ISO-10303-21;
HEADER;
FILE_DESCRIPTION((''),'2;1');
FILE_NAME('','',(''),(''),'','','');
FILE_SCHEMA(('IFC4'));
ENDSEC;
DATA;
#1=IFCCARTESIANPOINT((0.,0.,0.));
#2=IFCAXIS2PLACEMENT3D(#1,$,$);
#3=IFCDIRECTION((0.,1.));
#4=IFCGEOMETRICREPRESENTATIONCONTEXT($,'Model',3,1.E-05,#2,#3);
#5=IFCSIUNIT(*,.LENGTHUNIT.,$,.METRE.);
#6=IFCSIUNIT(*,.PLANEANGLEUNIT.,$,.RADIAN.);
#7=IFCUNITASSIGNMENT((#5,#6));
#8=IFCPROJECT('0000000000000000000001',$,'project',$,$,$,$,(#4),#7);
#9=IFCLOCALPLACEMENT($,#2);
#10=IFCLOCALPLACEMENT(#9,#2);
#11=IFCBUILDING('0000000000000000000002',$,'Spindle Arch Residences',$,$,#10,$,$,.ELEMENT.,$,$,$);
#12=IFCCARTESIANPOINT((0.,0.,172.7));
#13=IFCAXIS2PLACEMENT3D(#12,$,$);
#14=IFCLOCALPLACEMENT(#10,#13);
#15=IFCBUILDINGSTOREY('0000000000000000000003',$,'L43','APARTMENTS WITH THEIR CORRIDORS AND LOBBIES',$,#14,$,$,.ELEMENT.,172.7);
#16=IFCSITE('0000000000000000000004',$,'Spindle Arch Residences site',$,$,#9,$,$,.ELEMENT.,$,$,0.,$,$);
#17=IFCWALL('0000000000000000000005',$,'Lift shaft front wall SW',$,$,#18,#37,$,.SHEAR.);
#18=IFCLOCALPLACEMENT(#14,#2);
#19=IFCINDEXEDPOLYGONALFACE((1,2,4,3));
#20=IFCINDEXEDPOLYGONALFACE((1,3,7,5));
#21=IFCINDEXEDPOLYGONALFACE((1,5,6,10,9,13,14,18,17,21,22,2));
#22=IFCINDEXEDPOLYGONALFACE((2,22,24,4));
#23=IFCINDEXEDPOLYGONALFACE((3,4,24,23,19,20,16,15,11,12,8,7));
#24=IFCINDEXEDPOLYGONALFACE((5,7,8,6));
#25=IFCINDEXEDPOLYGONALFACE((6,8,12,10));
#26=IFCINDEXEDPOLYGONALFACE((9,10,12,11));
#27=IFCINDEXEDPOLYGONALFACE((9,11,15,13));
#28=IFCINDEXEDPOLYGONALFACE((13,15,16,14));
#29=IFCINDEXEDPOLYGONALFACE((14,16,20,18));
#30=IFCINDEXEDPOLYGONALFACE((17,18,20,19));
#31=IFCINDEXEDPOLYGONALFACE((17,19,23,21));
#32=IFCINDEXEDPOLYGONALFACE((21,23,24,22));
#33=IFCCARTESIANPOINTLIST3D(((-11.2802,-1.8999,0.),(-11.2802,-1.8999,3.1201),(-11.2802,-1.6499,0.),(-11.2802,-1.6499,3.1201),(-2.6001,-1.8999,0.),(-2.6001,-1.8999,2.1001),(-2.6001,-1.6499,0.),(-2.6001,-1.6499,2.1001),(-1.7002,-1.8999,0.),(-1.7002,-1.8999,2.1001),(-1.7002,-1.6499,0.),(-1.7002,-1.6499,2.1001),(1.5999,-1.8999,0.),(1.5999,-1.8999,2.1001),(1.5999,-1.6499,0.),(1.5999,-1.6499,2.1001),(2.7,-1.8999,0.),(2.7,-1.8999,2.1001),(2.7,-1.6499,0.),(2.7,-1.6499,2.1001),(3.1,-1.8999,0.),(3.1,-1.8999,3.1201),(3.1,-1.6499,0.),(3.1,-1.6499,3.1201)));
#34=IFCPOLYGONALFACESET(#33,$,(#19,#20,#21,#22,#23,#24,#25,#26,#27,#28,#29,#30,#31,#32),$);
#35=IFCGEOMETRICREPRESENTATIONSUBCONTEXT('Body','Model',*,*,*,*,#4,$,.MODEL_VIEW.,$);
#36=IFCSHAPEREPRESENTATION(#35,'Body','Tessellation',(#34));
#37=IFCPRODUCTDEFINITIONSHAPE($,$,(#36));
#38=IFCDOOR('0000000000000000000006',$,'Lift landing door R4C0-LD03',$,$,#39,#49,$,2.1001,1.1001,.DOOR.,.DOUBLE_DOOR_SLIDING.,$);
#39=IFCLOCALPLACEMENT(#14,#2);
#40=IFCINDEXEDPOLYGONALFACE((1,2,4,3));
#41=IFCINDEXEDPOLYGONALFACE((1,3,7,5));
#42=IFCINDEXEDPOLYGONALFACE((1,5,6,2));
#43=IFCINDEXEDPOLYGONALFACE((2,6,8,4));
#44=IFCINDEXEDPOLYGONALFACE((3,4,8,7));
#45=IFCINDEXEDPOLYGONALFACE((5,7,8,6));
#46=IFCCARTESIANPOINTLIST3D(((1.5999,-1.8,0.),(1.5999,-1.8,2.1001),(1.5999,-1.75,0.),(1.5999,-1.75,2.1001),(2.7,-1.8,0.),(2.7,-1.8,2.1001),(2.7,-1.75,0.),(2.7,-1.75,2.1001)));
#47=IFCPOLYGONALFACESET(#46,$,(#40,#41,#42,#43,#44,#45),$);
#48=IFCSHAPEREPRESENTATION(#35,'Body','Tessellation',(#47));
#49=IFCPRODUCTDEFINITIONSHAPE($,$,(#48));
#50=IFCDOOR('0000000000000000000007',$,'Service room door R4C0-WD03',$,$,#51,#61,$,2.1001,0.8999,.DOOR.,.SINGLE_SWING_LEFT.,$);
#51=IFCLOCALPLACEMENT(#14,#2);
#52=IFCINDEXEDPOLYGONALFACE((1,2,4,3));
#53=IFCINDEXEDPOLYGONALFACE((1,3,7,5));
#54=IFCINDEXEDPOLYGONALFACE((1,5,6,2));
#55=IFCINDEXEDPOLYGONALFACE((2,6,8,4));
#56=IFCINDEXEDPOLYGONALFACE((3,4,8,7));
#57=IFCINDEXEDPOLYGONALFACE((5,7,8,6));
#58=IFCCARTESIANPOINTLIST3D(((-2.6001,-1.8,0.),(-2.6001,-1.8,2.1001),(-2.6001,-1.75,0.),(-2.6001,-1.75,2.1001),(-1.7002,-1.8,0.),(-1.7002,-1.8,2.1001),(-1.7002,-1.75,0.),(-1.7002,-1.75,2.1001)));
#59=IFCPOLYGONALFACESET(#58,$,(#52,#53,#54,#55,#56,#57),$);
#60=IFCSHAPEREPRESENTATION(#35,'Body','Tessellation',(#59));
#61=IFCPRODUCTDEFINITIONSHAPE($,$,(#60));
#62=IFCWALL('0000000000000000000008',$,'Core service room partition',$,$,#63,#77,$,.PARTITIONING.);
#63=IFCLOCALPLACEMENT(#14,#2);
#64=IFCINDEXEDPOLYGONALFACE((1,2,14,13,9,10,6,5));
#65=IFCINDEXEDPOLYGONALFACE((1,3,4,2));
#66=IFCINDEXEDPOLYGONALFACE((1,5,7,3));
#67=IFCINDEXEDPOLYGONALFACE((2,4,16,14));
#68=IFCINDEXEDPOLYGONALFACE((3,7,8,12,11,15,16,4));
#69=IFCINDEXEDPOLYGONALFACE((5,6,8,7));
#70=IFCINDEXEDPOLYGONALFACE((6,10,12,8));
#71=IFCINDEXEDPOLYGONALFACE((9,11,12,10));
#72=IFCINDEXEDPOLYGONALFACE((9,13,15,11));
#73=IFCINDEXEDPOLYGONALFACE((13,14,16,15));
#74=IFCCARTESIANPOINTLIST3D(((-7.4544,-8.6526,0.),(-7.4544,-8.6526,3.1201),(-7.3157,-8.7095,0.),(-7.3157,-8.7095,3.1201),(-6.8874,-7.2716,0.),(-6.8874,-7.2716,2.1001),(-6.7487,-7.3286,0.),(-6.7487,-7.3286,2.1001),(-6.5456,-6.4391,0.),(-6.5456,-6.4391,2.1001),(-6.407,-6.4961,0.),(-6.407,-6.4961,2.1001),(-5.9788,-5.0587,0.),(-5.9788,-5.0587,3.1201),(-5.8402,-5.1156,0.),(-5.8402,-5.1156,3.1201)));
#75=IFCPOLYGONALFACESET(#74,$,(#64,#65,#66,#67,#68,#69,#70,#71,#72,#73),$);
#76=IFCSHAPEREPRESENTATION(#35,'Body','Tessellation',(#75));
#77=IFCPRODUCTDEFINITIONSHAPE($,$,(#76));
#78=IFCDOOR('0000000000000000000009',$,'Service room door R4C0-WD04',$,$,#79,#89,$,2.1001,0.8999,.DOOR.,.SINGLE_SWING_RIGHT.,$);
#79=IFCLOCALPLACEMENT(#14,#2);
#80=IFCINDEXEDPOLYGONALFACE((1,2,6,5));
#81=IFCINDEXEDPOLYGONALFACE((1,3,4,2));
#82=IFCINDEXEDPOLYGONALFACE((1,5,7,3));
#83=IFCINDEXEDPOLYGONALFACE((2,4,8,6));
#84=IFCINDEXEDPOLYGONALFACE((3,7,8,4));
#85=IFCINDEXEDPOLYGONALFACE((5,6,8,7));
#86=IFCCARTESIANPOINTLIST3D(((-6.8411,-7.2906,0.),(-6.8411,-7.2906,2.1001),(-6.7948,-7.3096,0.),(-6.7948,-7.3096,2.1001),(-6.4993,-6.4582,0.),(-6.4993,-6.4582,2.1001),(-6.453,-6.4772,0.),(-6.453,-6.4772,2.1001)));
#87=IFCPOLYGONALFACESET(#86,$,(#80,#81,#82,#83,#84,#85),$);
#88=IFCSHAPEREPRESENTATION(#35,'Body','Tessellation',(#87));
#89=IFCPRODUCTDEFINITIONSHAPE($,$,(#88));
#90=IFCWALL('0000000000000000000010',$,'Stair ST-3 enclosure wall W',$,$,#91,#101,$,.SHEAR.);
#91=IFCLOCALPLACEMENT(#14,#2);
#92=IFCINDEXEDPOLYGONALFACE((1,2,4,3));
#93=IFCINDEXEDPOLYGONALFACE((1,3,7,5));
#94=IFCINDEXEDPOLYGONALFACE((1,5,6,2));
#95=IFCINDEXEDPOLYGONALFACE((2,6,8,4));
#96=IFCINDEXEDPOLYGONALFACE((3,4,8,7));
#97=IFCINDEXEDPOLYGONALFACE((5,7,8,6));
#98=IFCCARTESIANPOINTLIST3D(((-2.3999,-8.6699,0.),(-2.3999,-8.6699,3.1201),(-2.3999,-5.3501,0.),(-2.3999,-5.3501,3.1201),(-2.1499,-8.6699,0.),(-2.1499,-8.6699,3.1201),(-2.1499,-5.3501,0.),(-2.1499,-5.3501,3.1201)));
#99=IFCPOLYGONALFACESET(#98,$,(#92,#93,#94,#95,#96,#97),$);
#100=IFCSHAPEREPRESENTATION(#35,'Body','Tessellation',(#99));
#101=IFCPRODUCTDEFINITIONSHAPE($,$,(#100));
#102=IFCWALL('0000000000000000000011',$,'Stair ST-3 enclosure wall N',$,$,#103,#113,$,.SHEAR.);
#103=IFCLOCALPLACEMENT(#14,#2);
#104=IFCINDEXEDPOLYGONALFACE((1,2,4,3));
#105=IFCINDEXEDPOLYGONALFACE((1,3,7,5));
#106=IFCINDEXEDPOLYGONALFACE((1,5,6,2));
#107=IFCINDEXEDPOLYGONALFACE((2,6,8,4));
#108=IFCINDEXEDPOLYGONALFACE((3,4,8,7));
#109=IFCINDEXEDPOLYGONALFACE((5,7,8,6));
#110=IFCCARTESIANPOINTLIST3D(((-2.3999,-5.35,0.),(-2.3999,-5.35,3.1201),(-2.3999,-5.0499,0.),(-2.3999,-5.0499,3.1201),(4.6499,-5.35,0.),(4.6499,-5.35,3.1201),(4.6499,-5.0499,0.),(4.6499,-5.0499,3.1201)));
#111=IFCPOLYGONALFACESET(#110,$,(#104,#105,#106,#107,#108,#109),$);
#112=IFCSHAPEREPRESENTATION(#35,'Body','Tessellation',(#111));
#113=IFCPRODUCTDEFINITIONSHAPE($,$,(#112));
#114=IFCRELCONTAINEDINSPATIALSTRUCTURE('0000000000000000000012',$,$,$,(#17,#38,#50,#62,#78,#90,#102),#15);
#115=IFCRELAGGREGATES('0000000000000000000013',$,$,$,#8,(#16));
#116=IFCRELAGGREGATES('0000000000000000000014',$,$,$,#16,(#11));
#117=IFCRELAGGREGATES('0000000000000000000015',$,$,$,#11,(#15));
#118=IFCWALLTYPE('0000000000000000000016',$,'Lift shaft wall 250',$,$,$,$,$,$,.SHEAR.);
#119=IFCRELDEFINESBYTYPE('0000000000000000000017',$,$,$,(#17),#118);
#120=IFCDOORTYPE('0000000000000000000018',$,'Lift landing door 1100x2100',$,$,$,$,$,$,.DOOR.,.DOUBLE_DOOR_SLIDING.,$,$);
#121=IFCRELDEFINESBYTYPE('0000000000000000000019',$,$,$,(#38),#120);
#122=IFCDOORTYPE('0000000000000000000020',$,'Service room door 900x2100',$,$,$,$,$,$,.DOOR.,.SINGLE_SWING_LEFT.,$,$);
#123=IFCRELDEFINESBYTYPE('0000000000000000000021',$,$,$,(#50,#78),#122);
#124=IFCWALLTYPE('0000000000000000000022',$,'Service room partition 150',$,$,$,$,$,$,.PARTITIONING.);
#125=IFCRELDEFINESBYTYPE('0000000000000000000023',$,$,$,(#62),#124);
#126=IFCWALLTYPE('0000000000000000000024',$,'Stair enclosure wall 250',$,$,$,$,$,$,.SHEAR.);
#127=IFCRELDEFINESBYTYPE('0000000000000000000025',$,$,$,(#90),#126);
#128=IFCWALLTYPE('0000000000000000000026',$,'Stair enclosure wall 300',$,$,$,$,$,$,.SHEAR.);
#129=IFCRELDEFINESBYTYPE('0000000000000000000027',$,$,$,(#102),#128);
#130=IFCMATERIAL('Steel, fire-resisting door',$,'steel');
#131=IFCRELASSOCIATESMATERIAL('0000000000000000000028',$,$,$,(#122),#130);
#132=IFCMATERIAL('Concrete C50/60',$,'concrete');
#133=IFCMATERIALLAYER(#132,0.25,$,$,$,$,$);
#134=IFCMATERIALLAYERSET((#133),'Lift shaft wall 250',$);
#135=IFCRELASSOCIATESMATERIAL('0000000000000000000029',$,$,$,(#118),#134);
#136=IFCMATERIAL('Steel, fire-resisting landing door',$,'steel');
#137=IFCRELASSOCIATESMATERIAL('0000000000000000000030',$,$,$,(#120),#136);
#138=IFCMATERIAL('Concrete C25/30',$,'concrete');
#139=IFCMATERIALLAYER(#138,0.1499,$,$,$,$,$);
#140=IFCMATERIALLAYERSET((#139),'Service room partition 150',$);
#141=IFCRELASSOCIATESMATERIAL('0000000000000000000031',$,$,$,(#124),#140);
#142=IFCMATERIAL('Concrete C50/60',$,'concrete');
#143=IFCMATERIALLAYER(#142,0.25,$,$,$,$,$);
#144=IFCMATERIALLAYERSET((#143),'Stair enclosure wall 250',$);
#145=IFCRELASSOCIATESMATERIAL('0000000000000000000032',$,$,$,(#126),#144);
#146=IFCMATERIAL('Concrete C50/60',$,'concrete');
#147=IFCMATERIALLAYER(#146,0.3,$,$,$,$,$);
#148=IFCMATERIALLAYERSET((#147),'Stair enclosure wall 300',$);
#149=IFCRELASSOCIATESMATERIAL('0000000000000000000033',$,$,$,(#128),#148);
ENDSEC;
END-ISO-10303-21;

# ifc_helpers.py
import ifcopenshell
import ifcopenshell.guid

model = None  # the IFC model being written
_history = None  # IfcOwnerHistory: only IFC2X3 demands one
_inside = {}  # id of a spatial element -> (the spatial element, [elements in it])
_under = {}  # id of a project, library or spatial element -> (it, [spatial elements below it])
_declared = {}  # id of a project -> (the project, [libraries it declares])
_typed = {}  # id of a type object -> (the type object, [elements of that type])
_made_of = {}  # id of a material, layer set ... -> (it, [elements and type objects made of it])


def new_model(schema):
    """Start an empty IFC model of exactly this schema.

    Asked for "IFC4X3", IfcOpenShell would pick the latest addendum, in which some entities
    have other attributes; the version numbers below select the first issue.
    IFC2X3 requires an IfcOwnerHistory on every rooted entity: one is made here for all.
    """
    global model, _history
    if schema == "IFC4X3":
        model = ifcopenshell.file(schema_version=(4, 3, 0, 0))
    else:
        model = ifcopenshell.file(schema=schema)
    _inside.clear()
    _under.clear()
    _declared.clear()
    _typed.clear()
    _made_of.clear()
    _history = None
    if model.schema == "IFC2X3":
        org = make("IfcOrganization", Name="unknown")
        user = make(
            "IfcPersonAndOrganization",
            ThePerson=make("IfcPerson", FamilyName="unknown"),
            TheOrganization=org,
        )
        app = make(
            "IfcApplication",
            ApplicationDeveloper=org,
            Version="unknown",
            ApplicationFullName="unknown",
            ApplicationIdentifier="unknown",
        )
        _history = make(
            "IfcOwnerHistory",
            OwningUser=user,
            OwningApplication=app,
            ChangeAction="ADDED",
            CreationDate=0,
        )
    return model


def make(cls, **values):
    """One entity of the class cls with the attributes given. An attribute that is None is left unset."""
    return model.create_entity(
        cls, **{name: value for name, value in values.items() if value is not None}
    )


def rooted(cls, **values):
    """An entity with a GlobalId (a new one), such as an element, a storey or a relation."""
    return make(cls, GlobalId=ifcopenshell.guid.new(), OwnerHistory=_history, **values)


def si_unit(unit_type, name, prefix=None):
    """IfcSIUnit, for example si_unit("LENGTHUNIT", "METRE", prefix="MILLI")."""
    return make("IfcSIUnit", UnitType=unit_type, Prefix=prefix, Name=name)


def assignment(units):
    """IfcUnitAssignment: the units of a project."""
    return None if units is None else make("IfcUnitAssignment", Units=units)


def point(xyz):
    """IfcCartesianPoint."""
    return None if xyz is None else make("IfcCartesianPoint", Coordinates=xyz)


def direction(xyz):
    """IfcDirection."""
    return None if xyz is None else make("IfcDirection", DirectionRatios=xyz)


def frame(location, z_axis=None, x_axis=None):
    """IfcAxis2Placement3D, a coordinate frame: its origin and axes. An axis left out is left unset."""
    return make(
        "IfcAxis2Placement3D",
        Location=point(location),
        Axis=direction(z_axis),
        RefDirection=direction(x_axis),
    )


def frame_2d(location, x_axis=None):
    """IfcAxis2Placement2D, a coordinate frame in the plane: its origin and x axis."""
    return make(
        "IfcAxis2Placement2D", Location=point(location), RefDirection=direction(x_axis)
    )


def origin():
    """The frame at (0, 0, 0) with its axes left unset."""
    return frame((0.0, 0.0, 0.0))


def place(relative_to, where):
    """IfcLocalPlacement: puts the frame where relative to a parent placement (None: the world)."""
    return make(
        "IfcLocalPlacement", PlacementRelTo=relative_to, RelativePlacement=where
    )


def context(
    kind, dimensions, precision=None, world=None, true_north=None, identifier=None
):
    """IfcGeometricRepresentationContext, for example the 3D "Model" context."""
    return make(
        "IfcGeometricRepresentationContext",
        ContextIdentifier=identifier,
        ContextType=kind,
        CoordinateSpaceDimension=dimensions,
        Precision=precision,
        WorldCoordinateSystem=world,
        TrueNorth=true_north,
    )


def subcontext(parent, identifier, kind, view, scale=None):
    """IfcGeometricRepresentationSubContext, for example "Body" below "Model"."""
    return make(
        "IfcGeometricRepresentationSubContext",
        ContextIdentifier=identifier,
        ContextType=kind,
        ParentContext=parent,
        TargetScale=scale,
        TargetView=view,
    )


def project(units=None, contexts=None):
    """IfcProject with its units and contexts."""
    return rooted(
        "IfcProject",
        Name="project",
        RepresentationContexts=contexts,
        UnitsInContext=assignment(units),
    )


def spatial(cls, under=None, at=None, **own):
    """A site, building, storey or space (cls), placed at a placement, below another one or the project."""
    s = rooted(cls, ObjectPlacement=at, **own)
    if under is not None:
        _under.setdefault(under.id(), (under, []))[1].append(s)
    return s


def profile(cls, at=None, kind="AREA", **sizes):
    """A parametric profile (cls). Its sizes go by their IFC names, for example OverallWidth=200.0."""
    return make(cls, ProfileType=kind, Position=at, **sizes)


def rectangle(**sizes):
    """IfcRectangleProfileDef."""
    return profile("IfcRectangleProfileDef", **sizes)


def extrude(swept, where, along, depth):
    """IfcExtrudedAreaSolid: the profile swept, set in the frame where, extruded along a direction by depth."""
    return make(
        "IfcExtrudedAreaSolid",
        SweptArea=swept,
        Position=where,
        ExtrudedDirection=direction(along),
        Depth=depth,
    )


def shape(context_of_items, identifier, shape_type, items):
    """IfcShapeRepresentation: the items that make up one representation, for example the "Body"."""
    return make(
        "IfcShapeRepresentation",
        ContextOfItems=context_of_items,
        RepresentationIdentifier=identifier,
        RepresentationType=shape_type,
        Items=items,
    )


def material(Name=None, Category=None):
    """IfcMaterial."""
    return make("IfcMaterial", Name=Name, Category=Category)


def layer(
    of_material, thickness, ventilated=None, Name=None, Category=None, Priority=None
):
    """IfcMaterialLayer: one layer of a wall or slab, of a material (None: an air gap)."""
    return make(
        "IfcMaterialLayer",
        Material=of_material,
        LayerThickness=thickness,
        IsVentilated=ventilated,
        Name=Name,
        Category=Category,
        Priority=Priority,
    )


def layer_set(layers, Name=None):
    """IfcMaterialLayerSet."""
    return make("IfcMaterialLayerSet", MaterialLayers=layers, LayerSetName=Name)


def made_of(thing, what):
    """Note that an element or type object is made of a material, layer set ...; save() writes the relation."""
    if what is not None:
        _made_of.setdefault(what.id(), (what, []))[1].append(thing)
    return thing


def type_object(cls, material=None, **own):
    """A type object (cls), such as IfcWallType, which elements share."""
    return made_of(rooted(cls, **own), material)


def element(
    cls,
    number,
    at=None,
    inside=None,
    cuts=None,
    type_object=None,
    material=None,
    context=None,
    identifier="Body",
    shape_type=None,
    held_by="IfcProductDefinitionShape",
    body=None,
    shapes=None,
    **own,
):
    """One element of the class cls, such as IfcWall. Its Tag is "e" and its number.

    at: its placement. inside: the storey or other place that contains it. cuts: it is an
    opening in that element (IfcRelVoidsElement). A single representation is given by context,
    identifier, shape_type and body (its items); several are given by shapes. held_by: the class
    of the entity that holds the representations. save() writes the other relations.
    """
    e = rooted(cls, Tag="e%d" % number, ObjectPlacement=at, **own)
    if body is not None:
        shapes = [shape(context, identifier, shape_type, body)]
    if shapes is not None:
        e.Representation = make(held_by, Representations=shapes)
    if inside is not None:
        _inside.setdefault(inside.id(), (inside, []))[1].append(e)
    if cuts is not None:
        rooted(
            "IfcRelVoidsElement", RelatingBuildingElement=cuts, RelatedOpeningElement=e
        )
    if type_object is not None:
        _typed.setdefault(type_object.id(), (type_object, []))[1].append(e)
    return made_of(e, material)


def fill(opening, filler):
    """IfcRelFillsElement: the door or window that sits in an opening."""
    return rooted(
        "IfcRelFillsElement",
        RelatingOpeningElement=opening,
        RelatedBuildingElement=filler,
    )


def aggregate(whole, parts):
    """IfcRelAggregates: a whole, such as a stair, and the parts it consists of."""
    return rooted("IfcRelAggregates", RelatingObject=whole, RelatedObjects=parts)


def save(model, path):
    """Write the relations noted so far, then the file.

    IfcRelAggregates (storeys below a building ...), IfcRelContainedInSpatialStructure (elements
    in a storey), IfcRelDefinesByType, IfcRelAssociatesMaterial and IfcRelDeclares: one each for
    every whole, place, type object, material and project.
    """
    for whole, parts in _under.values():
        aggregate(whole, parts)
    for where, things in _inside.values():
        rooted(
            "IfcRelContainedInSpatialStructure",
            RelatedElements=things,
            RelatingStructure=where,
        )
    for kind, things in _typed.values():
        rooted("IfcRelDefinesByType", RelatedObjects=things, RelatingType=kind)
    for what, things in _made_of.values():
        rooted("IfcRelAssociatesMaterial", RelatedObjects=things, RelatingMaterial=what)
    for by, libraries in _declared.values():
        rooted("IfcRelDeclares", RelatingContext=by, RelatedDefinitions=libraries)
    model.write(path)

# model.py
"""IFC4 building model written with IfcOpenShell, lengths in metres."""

from ifc_helpers import new_model, si_unit, direction, frame, frame_2d, origin, place, context, subcontext, project, spatial, rectangle, extrude, material, layer, layer_set, type_object, element, fill, save


model = new_model("IFC4")

# Units and contexts
model_context = context("Model", 3, precision=1e-05, world=origin(), true_north=direction((0.0, 1.0)))
body_context = subcontext(model_context, "Body", "Model", "MODEL_VIEW")
ifc_project = project(units=[si_unit("LENGTHUNIT", "METRE"), si_unit("PLANEANGLEUNIT", "RADIAN")], contexts=[model_context])

# Site, building, storey
site_placement = place(None, origin())
site = spatial("IfcSite", under=ifc_project, at=site_placement, Name="Spindle Arch Residences site", CompositionType="ELEMENT", RefElevation=0.0)
building_placement = place(site_placement, origin())
building = spatial("IfcBuilding", under=site, at=building_placement, Name="Spindle Arch Residences", CompositionType="ELEMENT")
storey_placement = place(building_placement, frame((0.0, 0.0, 172.7)))
storey = spatial("IfcBuildingStorey", under=building, at=storey_placement, Name="L43", Description="APARTMENTS WITH THEIR CORRIDORS AND LOBBIES", CompositionType="ELEMENT", Elevation=172.7)

# Shared definitions
ifc_material_1 = material(Name="Steel, fire-resisting door", Category="steel")
door_type_1 = type_object("IfcDoorType", Name="Service room door 900x2100", OperationType="SINGLE_SWING_LEFT", PredefinedType="DOOR", material=ifc_material_1)

# Wall, openings, doors
ifc_material_2 = material(Name="Concrete C50/60", Category="concrete")
ifc_layer_1 = layer(ifc_material_2, 0.25)
ifc_layer_set_1 = layer_set([ifc_layer_1], Name="Lift shaft wall 250")
wall_type_1 = type_object("IfcWallType", Name="Lift shaft wall 250", PredefinedType="SHEAR", material=ifc_layer_set_1)
wall_1_placement = place(storey_placement, frame((-11.28, -1.7749, 0.0), z_axis=(0.0, 0.0, 1.0), x_axis=(1.0, 0.0, 0.0)))
wall_1 = element("IfcWall", 1, at=wall_1_placement, inside=storey, type_object=wall_type_1, Name="Lift shaft front wall SW", PredefinedType="SHEAR", context=body_context, shape_type="SweptSolid", body=[
    extrude(rectangle(XDim=14.3801, YDim=0.25, at=frame_2d((7.1899, 0.0))), origin(), (0.0, 0.0, 1.0), 3.1201),
])
opening_1_placement = place(wall_1_placement, frame((12.8799, 0.0, 0.0)))
opening_1 = element("IfcOpeningElement", 2, at=opening_1_placement, cuts=wall_1, PredefinedType="OPENING", context=body_context, shape_type="SweptSolid", body=[
    extrude(rectangle(XDim=1.1001, YDim=2.1001, at=frame_2d((0.55, 1.05))), frame((0.0, 0.135, 0.0), z_axis=(0.0, -1.0, 0.0), x_axis=(1.0, 0.0, 0.0)), (0.0, 0.0, 1.0), 0.27),
])
opening_2_placement = place(wall_1_placement, frame((8.6799, 0.0, 0.0)))
opening_2 = element("IfcOpeningElement", 3, at=opening_2_placement, cuts=wall_1, PredefinedType="OPENING", context=body_context, shape_type="SweptSolid", body=[
    extrude(rectangle(XDim=0.8999, YDim=2.1001, at=frame_2d((0.45, 1.05))), frame((0.0, 0.135, 0.0), z_axis=(0.0, -1.0, 0.0), x_axis=(1.0, 0.0, 0.0)), (0.0, 0.0, 1.0), 0.27),
])
ifc_material_3 = material(Name="Steel, fire-resisting landing door", Category="steel")
door_type_2 = type_object("IfcDoorType", Name="Lift landing door 1100x2100", OperationType="DOUBLE_DOOR_SLIDING", PredefinedType="DOOR", material=ifc_material_3)
door_1_placement = place(opening_1_placement, origin())
door_1 = element("IfcDoor", 4, at=door_1_placement, inside=storey, type_object=door_type_2, Name="Lift landing door R4C0-LD03", OperationType="DOUBLE_DOOR_SLIDING", OverallHeight=2.1001, OverallWidth=1.1001, PredefinedType="DOOR", context=body_context, shape_type="SweptSolid", body=[
    extrude(rectangle(XDim=1.1001, YDim=2.1001, at=frame_2d((0.55, 1.05))), frame((0.0, 0.0249, 0.0), z_axis=(0.0, -1.0, 0.0), x_axis=(1.0, 0.0, 0.0)), (0.0, 0.0, 1.0), 0.05),
])
fill(opening_1, door_1)
door_2_placement = place(opening_2_placement, origin())
door_2 = element("IfcDoor", 5, at=door_2_placement, inside=storey, type_object=door_type_1, Name="Service room door R4C0-WD03", OperationType="SINGLE_SWING_LEFT", OverallHeight=2.1001, OverallWidth=0.8999, PredefinedType="DOOR", context=body_context, shape_type="SweptSolid", body=[
    extrude(rectangle(XDim=0.8999, YDim=2.1001, at=frame_2d((0.45, 1.05))), frame((0.0, 0.0249, 0.0), z_axis=(0.0, -1.0, 0.0), x_axis=(1.0, 0.0, 0.0)), (0.0, 0.0, 1.0), 0.05),
])
fill(opening_2, door_2)

# Wall, opening, door
ifc_material_4 = material(Name="Concrete C25/30", Category="concrete")
ifc_layer_2 = layer(ifc_material_4, 0.1499)
ifc_layer_set_2 = layer_set([ifc_layer_2], Name="Service room partition 150")
wall_type_2 = type_object("IfcWallType", Name="Service room partition 150", PredefinedType="PARTITIONING", material=ifc_layer_set_2)
wall_2_placement = place(storey_placement, frame((-7.385, -8.6809, 0.0), z_axis=(0.0, 0.0, 1.0), x_axis=(0.379805, 0.925067, 0.0)))
wall_2 = element("IfcWall", 6, at=wall_2_placement, inside=storey, type_object=wall_type_2, Name="Core service room partition", PredefinedType="PARTITIONING", context=body_context, shape_type="SweptSolid", body=[
    extrude(rectangle(XDim=3.885, YDim=0.1499, at=frame_2d((1.9424, 0.0))), origin(), (0.0, 0.0, 1.0), 3.1201),
])
opening_3_placement = place(wall_2_placement, frame((1.4927, 0.0, 0.0)))
opening_3 = element("IfcOpeningElement", 7, at=opening_3_placement, cuts=wall_2, PredefinedType="OPENING", context=body_context, shape_type="SweptSolid", body=[
    extrude(rectangle(XDim=0.8999, YDim=2.1001, at=frame_2d((0.45, 1.05))), frame((0.0, 0.085, 0.0), z_axis=(0.0, -1.0, 0.0), x_axis=(1.0, 0.0, 0.0)), (0.0, 0.0, 1.0), 0.1699),
])
door_3_placement = place(opening_3_placement, origin())
door_3 = element("IfcDoor", 8, at=door_3_placement, inside=storey, type_object=door_type_1, Name="Service room door R4C0-WD04", OperationType="SINGLE_SWING_RIGHT", OverallHeight=2.1001, OverallWidth=0.8999, PredefinedType="DOOR", context=body_context, shape_type="SweptSolid", body=[
    extrude(rectangle(XDim=0.8999, YDim=2.1001, at=frame_2d((0.45, 1.05))), frame((0.0, 0.0249, 0.0), z_axis=(0.0, -1.0, 0.0), x_axis=(1.0, 0.0, 0.0)), (0.0, 0.0, 1.0), 0.05),
])
fill(opening_3, door_3)

# Walls
ifc_material_5 = material(Name="Concrete C50/60", Category="concrete")
ifc_layer_3 = layer(ifc_material_5, 0.25)
ifc_layer_set_3 = layer_set([ifc_layer_3], Name="Stair enclosure wall 250")
wall_type_3 = type_object("IfcWallType", Name="Stair enclosure wall 250", PredefinedType="SHEAR", material=ifc_layer_set_3)
wall_3_placement = place(storey_placement, frame((-2.2749, -8.6699, 0.0), z_axis=(0.0, 0.0, 1.0), x_axis=(0.0, 1.0, 0.0)))
element("IfcWall", 9, at=wall_3_placement, inside=storey, type_object=wall_type_3, Name="Stair ST-3 enclosure wall W", PredefinedType="SHEAR", context=body_context, shape_type="SweptSolid", body=[
    extrude(rectangle(XDim=3.3198, YDim=0.25, at=frame_2d((1.6599, 0.0))), origin(), (0.0, 0.0, 1.0), 3.1201),
])
ifc_material_6 = material(Name="Concrete C50/60", Category="concrete")
ifc_layer_4 = layer(ifc_material_6, 0.3)
ifc_layer_set_4 = layer_set([ifc_layer_4], Name="Stair enclosure wall 300")
wall_type_4 = type_object("IfcWallType", Name="Stair enclosure wall 300", PredefinedType="SHEAR", material=ifc_layer_set_4)
wall_4_placement = place(storey_placement, frame((-2.3999, -5.2, 0.0), z_axis=(0.0, 0.0, 1.0), x_axis=(1.0, 0.0, 0.0)))
element("IfcWall", 10, at=wall_4_placement, inside=storey, type_object=wall_type_4, Name="Stair ST-3 enclosure wall N", PredefinedType="SHEAR", context=body_context, shape_type="SweptSolid", body=[
    extrude(rectangle(XDim=7.0498, YDim=0.3, at=frame_2d((3.5249, 0.0))), origin(), (0.0, 0.0, 1.0), 3.1201),
])

save(model, "model.ifc")
